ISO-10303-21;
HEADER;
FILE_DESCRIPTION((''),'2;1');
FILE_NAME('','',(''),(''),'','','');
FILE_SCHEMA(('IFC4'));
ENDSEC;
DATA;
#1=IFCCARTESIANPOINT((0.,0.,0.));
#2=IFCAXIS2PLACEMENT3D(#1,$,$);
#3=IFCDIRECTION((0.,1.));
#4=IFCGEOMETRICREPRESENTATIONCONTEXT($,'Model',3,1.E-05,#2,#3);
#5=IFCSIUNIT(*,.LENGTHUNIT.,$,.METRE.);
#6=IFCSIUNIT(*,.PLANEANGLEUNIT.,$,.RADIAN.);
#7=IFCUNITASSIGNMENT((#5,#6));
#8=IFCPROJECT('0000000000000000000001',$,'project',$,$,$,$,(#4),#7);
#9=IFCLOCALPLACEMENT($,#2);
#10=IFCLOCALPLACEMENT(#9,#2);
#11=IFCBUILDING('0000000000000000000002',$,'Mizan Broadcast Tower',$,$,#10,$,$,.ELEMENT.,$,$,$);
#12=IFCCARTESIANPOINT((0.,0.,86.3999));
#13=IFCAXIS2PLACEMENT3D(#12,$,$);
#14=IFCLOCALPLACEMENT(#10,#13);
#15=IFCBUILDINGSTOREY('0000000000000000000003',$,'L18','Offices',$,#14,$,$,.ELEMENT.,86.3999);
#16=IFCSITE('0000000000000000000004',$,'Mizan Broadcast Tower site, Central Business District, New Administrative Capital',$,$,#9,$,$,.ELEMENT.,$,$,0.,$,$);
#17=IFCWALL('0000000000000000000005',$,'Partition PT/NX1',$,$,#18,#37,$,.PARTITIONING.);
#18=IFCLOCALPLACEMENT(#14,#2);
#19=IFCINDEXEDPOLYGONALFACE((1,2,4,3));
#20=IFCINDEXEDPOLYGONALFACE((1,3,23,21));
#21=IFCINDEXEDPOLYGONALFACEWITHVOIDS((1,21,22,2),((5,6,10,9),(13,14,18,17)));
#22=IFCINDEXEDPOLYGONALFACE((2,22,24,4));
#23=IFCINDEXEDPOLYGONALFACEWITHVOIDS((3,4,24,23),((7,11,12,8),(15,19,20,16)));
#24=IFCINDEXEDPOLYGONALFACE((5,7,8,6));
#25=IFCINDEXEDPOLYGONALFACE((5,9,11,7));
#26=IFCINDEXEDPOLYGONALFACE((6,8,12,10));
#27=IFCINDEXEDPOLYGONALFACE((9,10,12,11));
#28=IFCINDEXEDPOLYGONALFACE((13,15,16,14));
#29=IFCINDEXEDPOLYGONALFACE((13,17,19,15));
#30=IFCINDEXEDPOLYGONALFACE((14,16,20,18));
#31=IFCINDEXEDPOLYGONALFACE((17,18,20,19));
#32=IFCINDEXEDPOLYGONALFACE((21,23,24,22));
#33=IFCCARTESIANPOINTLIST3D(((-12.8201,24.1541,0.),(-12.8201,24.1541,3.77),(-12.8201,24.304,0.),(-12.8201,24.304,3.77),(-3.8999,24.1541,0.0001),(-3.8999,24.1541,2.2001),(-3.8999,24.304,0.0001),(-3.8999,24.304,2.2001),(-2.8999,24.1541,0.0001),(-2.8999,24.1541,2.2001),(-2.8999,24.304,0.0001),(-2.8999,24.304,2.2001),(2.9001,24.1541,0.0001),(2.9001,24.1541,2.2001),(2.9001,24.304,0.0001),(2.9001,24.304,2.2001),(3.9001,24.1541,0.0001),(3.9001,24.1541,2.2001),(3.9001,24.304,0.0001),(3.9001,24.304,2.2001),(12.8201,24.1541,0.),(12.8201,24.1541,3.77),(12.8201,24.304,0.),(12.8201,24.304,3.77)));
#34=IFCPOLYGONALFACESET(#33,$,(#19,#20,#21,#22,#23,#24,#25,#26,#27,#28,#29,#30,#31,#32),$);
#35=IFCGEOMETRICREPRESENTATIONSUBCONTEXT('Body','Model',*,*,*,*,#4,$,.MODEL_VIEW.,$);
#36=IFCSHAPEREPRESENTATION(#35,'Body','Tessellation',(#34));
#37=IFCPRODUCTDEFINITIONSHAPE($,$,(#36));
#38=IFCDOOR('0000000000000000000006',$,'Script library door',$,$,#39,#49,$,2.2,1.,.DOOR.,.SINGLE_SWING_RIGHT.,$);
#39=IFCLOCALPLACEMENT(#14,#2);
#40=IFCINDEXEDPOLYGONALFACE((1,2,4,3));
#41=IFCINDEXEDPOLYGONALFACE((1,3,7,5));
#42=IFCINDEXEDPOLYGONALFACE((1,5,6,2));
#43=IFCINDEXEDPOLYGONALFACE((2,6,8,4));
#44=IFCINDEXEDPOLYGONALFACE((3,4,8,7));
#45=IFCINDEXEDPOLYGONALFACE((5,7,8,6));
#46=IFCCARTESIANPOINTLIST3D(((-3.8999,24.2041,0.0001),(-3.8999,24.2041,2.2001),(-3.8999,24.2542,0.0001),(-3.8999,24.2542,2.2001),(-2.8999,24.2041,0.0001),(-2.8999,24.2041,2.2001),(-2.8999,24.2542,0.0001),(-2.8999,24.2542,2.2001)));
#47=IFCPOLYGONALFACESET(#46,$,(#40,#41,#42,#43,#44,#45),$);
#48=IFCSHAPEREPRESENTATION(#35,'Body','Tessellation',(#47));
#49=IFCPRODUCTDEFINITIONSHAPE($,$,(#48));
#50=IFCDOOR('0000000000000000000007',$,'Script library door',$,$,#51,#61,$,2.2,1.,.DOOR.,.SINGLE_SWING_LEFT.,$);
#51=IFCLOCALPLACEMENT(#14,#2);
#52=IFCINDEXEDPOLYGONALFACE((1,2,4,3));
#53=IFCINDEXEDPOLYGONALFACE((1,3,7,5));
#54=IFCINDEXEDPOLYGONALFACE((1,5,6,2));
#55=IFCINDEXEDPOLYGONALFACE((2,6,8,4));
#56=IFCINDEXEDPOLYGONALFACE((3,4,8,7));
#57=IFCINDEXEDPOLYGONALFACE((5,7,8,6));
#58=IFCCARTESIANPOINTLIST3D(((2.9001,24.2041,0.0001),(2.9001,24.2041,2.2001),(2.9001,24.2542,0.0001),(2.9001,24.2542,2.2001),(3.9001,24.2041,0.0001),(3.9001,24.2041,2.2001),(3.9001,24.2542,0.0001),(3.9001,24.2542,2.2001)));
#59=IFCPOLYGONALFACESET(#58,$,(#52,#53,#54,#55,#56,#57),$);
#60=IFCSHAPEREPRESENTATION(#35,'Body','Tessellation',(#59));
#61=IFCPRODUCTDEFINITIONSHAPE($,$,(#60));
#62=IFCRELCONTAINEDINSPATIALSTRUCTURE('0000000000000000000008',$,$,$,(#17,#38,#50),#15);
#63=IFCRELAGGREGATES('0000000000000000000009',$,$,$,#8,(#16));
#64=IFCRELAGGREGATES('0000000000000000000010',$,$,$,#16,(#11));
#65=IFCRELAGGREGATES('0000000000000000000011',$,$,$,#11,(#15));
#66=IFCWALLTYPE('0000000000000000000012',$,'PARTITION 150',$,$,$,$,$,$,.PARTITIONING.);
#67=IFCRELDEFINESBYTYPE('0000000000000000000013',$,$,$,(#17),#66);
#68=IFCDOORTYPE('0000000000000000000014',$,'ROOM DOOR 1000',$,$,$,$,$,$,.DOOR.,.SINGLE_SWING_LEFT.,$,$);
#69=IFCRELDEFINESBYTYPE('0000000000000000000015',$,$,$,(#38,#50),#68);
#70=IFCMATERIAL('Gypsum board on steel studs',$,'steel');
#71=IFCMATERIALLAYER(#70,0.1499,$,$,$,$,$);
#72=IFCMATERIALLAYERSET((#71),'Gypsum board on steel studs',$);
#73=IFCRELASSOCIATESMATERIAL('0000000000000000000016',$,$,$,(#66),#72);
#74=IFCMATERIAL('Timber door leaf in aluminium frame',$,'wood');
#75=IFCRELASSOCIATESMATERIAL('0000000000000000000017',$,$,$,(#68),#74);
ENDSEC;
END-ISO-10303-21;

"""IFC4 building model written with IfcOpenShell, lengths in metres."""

from ifc_helpers import new_model, si_unit, direction, frame, frame_2d, origin, place, context, subcontext, project, spatial, rectangle, extrude, material, layer, layer_set, type_object, element, fill, save


model = new_model("IFC4")

# Units and contexts
model_context = context("Model", 3, precision=1e-05, world=origin(), true_north=direction((0.0, 1.0)))
body_context = subcontext(model_context, "Body", "Model", "MODEL_VIEW")
ifc_project = project(units=[si_unit("LENGTHUNIT", "METRE"), si_unit("PLANEANGLEUNIT", "RADIAN")], contexts=[model_context])

# Site, building, storey
site_placement = place(None, origin())
site = spatial("IfcSite", under=ifc_project, at=site_placement, Name="Mizan Broadcast Tower site, Central Business District, New Administrative Capital", CompositionType="ELEMENT", RefElevation=0.0)
building_placement = place(site_placement, origin())
building = spatial("IfcBuilding", under=site, at=building_placement, Name="Mizan Broadcast Tower", CompositionType="ELEMENT")
storey_placement = place(building_placement, frame((0.0, 0.0, 86.3999)))
storey = spatial("IfcBuildingStorey", under=building, at=storey_placement, Name="L18", Description="Offices", CompositionType="ELEMENT", Elevation=86.3999)

# Wall, openings, doors
ifc_material_1 = material(Name="Gypsum board on steel studs", Category="steel")
ifc_layer_1 = layer(ifc_material_1, 0.1499)
ifc_layer_set_1 = layer_set([ifc_layer_1], Name="Gypsum board on steel studs")
wall_type = type_object("IfcWallType", Name="PARTITION 150", PredefinedType="PARTITIONING", material=ifc_layer_set_1)
wall_placement = place(storey_placement, frame((12.8201, 24.229, 0.0), z_axis=(0.0, 0.0, 1.0), x_axis=(-1.0, 0.0, 0.0)))
wall = element("IfcWall", 1, at=wall_placement, inside=storey, type_object=wall_type, Name="Partition PT/NX1", PredefinedType="PARTITIONING", context=body_context, shape_type="SweptSolid", body=[
    extrude(rectangle(XDim=25.6401, YDim=0.1499, at=frame_2d((12.8201, 0.0))), origin(), (0.0, 0.0, 1.0), 3.77),
])
opening_1_placement = place(wall_placement, frame((15.72, 0.0, 0.0)))
opening_1 = element("IfcOpeningElement", 2, at=opening_1_placement, cuts=wall, PredefinedType="OPENING", context=body_context, shape_type="SweptSolid", body=[
    extrude(rectangle(XDim=1.0, YDim=2.2, at=frame_2d((0.5, 1.1001))), frame((0.0, 0.085, 0.0), z_axis=(0.0, -1.0, 0.0), x_axis=(1.0, 0.0, 0.0)), (0.0, 0.0, 1.0), 0.1699),
])
opening_2_placement = place(wall_placement, frame((8.9199, 0.0, 0.0)))
opening_2 = element("IfcOpeningElement", 3, at=opening_2_placement, cuts=wall, PredefinedType="OPENING", context=body_context, shape_type="SweptSolid", body=[
    extrude(rectangle(XDim=1.0, YDim=2.2, at=frame_2d((0.5, 1.1001))), frame((0.0, 0.085, 0.0), z_axis=(0.0, -1.0, 0.0), x_axis=(1.0, 0.0, 0.0)), (0.0, 0.0, 1.0), 0.1699),
])
ifc_material_2 = material(Name="Timber door leaf in aluminium frame", Category="wood")
door_type = type_object("IfcDoorType", Name="ROOM DOOR 1000", OperationType="SINGLE_SWING_LEFT", PredefinedType="DOOR", material=ifc_material_2)
door_1_placement = place(opening_1_placement, origin())
door_1 = element("IfcDoor", 4, at=door_1_placement, inside=storey, type_object=door_type, Name="Script library door", OperationType="SINGLE_SWING_RIGHT", OverallHeight=2.2, OverallWidth=1.0, PredefinedType="DOOR", context=body_context, shape_type="SweptSolid", body=[
    extrude(rectangle(XDim=1.0, YDim=2.2, at=frame_2d((0.5, 1.1001))), frame((0.0, 0.0249, 0.0), z_axis=(0.0, -1.0, 0.0), x_axis=(1.0, 0.0, 0.0)), (0.0, 0.0, 1.0), 0.05),
])
fill(opening_1, door_1)
door_2_placement = place(opening_2_placement, origin())
door_2 = element("IfcDoor", 5, at=door_2_placement, inside=storey, type_object=door_type, Name="Script library door", OperationType="SINGLE_SWING_LEFT", OverallHeight=2.2, OverallWidth=1.0, PredefinedType="DOOR", context=body_context, shape_type="SweptSolid", body=[
    extrude(rectangle(XDim=1.0, YDim=2.2, at=frame_2d((0.5, 1.1001))), frame((0.0, 0.0249, 0.0), z_axis=(0.0, -1.0, 0.0), x_axis=(1.0, 0.0, 0.0)), (0.0, 0.0, 1.0), 0.05),
])
fill(opening_2, door_2)

save(model, "model.ifc")
